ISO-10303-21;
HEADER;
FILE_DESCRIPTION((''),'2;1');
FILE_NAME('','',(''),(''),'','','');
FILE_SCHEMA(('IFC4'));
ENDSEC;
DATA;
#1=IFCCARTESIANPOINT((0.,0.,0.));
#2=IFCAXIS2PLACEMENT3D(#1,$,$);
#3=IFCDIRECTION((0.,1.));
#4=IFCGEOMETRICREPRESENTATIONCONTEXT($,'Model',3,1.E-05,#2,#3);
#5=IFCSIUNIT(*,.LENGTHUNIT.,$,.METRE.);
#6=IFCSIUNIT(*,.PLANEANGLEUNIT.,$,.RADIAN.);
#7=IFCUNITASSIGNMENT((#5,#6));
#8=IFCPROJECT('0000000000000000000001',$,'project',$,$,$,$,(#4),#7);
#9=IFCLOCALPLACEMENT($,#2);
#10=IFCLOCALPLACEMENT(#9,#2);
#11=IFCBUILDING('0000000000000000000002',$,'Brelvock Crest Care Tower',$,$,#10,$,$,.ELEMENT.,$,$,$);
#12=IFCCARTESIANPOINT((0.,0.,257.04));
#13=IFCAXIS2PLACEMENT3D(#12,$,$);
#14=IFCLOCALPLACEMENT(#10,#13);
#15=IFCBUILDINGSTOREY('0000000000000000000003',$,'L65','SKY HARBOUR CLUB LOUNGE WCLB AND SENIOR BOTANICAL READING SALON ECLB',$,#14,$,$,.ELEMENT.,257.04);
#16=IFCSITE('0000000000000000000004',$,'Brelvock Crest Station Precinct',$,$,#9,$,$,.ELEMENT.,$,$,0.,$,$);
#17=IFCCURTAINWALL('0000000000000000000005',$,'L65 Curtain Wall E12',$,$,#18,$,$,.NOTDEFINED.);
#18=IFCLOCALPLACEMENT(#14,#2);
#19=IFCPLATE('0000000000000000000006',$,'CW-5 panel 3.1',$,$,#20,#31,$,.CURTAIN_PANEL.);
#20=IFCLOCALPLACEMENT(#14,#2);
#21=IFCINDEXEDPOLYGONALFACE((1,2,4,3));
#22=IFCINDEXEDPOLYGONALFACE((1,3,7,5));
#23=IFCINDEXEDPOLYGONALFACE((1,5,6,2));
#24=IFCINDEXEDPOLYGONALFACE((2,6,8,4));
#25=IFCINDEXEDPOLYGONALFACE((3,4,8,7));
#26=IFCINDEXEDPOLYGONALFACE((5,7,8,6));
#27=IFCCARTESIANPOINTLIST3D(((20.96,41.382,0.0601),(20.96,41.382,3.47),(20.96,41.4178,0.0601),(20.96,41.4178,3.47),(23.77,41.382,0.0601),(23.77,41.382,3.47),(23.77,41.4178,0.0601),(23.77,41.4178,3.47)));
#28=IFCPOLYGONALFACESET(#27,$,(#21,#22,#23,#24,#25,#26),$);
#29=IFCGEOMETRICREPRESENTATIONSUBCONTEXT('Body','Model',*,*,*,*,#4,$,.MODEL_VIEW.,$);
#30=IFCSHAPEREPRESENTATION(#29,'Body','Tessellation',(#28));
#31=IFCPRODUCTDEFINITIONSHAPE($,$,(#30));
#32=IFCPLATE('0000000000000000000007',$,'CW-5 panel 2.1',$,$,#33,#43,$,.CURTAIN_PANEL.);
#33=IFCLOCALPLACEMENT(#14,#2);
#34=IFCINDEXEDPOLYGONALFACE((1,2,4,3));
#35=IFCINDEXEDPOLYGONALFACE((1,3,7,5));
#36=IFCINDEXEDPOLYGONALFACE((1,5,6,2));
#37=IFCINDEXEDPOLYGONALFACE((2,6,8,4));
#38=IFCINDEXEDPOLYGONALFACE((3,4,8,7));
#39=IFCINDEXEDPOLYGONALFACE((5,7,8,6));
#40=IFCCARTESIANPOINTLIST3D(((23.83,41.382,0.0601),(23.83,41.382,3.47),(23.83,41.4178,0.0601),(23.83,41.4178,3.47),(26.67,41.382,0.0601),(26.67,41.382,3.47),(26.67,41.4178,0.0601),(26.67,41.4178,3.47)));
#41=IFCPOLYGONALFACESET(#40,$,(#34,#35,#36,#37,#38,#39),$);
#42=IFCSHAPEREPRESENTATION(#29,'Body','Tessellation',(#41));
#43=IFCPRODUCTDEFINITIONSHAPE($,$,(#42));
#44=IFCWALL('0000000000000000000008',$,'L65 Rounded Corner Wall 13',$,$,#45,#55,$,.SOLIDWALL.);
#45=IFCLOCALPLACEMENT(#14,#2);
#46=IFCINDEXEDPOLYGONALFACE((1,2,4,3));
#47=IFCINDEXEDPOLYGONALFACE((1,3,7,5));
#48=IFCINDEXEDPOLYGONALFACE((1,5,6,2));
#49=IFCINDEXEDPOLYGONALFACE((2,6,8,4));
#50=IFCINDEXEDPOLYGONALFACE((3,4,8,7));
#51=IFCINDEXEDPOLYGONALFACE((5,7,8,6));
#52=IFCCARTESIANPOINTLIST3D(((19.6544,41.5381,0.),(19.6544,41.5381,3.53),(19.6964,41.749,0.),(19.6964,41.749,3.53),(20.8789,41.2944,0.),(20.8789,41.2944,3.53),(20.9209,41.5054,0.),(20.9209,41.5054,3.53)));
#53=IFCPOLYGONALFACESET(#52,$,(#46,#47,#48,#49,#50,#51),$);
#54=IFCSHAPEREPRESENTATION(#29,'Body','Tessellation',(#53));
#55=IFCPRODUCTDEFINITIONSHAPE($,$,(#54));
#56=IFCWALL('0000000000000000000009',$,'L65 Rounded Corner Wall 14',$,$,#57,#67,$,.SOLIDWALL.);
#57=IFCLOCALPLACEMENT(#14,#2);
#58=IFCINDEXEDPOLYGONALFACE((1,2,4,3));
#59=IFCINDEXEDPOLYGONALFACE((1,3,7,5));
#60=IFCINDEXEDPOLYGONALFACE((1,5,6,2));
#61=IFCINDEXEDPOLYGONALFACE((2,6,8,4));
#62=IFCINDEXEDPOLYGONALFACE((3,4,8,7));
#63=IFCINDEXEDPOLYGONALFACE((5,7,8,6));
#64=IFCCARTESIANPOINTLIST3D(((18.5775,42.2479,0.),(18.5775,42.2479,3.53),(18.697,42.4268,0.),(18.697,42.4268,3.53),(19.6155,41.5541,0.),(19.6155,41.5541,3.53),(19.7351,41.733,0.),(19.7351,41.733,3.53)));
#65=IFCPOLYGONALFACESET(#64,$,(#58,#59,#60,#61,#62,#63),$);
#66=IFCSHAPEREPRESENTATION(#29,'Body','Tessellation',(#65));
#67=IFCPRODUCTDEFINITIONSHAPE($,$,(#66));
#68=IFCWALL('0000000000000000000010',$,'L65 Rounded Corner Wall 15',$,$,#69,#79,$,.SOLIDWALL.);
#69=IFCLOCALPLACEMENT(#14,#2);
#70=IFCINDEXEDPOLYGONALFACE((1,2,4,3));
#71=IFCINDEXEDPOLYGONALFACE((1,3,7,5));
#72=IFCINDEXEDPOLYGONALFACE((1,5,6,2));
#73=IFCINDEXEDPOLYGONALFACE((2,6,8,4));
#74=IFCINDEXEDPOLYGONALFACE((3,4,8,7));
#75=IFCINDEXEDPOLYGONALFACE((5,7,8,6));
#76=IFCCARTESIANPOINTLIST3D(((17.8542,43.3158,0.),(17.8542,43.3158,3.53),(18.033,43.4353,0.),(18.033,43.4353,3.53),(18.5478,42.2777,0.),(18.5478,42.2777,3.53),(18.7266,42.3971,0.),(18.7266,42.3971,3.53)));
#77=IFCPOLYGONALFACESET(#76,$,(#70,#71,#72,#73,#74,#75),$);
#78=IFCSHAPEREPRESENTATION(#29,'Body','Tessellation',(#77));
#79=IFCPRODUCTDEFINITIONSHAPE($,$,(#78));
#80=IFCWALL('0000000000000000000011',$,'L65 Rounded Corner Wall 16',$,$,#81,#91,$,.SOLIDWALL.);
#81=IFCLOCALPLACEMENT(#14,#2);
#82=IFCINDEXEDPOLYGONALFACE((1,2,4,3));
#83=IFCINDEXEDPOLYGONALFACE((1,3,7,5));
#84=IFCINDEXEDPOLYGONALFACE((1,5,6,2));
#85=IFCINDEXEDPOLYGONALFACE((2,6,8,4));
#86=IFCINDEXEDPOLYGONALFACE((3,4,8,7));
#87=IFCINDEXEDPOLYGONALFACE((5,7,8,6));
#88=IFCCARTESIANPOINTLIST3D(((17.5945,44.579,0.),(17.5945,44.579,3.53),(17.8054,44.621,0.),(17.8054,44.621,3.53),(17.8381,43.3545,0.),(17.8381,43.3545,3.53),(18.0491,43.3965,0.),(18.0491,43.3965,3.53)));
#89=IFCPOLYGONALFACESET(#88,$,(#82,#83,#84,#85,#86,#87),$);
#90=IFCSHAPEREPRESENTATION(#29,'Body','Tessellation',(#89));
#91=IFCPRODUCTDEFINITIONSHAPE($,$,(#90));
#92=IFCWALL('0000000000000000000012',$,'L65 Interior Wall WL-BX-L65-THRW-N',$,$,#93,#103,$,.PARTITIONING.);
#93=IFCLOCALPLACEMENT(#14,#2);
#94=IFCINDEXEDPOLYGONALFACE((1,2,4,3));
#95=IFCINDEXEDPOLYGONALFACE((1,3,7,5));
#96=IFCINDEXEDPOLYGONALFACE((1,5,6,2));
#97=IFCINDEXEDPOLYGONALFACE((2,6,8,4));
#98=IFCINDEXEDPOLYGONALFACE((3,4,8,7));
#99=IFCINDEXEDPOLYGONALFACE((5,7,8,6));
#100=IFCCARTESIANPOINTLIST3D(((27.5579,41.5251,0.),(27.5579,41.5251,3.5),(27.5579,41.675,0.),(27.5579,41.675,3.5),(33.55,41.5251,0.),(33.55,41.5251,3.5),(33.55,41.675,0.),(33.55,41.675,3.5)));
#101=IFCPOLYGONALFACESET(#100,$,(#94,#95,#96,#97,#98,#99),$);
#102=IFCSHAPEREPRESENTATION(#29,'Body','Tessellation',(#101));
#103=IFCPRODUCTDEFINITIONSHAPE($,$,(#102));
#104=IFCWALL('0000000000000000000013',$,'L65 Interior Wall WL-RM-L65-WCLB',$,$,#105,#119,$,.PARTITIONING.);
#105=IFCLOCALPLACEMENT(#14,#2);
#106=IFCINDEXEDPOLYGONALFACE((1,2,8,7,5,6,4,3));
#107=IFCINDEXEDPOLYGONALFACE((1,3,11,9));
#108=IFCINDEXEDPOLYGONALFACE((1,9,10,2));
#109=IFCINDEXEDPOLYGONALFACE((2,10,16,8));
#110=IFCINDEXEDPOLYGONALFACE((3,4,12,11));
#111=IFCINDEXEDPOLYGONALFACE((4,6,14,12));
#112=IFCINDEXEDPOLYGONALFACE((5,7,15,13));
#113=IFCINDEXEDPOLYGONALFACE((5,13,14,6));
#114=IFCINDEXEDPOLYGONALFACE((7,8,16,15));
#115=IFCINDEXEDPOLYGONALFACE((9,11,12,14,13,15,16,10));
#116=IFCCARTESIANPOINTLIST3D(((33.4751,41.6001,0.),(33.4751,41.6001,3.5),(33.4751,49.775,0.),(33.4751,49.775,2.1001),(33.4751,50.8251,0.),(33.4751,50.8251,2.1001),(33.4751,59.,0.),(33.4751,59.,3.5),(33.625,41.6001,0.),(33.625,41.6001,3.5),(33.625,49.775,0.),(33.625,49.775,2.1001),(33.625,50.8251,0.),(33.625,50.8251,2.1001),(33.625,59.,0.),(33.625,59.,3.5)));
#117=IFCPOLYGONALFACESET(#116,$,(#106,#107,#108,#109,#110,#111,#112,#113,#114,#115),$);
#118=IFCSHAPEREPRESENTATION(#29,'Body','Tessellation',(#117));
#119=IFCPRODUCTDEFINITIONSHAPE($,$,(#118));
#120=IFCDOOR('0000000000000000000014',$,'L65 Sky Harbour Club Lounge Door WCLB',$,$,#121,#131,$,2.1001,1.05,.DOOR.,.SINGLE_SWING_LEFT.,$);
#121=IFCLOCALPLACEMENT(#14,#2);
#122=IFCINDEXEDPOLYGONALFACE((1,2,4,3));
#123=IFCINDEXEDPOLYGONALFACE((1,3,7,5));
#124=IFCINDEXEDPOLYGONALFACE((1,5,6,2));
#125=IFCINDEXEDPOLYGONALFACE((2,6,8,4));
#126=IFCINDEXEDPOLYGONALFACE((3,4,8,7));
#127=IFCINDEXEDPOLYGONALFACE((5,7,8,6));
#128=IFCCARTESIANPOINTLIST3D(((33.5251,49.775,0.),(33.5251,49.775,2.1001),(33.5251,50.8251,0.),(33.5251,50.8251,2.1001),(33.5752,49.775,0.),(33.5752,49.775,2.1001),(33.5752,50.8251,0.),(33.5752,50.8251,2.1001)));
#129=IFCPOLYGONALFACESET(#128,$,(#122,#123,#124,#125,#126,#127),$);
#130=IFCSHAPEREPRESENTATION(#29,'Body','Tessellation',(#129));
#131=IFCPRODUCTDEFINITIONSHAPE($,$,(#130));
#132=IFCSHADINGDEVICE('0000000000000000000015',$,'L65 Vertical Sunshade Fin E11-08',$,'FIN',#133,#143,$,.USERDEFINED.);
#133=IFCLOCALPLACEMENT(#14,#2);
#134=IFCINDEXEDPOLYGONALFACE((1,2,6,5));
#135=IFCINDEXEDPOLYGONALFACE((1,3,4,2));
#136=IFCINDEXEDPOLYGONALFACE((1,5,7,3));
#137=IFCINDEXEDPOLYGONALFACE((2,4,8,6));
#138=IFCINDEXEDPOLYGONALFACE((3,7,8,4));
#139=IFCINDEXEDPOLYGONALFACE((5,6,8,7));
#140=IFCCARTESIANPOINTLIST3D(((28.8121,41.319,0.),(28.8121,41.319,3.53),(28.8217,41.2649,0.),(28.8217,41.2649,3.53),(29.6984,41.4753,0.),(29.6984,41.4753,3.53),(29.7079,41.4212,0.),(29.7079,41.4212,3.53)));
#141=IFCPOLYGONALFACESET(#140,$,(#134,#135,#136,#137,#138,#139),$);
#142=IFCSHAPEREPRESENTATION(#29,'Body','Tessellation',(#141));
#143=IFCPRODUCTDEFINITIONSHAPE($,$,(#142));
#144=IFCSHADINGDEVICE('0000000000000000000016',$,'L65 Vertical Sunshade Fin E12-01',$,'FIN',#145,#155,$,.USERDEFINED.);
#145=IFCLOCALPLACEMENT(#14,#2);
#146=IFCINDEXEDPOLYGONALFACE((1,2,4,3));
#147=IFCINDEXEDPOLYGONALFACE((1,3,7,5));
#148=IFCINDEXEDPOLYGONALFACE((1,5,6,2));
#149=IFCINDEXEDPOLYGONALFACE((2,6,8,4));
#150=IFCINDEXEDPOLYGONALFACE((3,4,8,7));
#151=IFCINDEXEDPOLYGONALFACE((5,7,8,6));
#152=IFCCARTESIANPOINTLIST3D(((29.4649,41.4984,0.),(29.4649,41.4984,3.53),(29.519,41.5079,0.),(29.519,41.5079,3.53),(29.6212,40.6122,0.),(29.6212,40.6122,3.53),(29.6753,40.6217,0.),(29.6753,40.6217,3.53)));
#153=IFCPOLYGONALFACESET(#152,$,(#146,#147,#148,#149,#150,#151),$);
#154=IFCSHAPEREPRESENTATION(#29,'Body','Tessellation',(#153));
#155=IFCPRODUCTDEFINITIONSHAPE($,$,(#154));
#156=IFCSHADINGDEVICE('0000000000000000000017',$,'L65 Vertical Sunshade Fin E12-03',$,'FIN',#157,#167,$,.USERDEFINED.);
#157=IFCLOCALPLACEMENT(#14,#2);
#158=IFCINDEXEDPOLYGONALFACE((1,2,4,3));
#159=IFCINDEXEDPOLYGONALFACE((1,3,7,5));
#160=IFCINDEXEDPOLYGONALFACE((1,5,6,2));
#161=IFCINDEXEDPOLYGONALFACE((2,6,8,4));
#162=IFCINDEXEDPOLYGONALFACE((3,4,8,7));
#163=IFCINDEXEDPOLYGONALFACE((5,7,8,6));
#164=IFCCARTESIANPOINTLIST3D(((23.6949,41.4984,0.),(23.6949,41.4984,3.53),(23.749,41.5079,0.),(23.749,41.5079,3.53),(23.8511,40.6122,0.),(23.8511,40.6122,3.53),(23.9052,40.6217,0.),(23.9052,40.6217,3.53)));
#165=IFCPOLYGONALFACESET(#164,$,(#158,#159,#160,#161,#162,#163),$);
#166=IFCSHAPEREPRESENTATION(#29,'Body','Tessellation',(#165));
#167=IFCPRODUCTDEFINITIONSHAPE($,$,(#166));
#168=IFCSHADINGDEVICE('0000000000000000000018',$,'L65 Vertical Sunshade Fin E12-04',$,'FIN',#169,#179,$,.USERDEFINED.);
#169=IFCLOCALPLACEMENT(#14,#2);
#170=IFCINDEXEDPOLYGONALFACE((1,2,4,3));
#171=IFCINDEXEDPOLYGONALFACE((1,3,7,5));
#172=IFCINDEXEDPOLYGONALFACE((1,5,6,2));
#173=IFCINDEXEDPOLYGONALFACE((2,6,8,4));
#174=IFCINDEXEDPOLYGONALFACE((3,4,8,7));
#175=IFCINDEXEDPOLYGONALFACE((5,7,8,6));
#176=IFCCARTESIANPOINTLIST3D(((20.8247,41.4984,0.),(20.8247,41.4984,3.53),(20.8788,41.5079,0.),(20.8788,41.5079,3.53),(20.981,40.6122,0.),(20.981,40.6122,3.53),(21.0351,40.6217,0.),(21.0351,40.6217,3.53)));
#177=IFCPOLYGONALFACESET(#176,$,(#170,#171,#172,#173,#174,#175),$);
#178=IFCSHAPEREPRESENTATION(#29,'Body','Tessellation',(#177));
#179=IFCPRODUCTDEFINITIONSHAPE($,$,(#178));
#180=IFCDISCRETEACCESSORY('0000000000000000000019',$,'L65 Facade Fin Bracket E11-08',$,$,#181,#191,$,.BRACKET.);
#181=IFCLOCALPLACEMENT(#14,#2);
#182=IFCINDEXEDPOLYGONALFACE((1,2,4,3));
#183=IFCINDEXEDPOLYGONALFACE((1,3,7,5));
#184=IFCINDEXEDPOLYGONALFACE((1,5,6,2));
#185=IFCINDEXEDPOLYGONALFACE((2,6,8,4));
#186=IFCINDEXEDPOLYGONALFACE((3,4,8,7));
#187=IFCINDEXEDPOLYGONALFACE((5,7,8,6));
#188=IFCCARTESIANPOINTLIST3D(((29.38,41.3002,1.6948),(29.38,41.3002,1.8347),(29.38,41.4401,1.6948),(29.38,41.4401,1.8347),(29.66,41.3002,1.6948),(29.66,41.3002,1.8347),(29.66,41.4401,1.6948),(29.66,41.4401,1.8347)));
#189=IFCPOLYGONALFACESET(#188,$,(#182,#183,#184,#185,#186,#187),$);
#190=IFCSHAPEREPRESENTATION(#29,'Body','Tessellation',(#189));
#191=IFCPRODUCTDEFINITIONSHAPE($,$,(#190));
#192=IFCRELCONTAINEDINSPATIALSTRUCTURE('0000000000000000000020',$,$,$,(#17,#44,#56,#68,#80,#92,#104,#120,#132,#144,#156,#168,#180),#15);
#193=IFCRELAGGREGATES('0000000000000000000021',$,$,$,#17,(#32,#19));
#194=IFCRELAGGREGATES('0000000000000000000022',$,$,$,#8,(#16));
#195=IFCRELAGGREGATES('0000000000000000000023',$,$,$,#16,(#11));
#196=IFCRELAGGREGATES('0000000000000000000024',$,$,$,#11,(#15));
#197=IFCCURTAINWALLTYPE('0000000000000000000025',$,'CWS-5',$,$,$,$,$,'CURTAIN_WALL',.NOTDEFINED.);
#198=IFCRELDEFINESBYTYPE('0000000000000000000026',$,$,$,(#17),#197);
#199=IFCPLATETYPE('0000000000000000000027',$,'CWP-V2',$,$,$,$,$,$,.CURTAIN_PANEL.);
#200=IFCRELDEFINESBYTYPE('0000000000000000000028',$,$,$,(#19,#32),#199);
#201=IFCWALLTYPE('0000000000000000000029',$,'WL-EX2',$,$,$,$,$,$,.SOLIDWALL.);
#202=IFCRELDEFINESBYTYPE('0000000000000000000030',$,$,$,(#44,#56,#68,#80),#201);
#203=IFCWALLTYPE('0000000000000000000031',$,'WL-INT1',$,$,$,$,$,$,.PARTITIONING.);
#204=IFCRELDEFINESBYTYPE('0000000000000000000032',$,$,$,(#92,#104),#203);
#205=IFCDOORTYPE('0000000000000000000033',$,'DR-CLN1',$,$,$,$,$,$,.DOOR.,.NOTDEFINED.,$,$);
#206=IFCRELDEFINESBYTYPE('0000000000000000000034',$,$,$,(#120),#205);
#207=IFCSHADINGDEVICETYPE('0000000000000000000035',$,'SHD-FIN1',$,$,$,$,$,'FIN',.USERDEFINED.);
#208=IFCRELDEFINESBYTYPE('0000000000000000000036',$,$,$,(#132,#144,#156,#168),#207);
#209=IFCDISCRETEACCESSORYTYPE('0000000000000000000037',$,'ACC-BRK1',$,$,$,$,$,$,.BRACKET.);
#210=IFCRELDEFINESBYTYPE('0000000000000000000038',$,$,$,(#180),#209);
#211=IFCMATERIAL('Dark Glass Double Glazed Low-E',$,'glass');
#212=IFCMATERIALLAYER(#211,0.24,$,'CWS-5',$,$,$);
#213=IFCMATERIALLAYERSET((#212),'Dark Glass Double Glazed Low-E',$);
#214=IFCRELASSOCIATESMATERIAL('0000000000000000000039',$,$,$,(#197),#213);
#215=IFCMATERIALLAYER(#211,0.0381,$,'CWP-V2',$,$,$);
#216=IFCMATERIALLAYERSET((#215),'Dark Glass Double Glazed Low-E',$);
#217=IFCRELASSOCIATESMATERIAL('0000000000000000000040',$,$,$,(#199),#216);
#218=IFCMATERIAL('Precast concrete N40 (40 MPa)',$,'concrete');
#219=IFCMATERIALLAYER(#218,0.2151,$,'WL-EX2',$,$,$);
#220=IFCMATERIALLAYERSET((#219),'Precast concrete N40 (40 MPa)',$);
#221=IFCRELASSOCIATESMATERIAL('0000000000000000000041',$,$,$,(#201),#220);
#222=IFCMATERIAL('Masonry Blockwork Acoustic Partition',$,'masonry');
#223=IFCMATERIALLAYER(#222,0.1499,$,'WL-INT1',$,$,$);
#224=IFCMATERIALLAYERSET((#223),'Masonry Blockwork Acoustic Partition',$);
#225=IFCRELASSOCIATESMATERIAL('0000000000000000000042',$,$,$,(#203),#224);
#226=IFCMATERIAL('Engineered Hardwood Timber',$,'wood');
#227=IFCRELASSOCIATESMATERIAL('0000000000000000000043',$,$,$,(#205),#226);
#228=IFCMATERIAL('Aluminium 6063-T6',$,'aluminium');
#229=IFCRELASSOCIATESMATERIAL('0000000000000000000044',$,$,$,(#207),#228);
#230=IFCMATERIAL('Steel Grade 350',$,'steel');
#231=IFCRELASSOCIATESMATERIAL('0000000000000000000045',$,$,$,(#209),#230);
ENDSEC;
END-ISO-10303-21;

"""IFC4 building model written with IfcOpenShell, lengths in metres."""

from ifc_helpers import new_model, si_unit, direction, frame, frame_2d, origin, origin_2d, place, context, subcontext, project, spatial, rectangle, extrude, source, transform, mapped, material, layer, layer_set, material_profile, profile_set, type_object, element, fill, aggregate, save


model = new_model("IFC4")

# Units and contexts
model_context = context("Model", 3, precision=1e-05, world=origin(), true_north=direction((0.0, 1.0)))
body_context = subcontext(model_context, "Body", "Model", "MODEL_VIEW")
ifc_project = project(units=[si_unit("LENGTHUNIT", "METRE"), si_unit("PLANEANGLEUNIT", "RADIAN")], contexts=[model_context])

# Site, building, storey
site_placement = place(None, origin())
site = spatial("IfcSite", under=ifc_project, at=site_placement, Name="Brelvock Crest Station Precinct", CompositionType="ELEMENT", RefElevation=0.0)
building_placement = place(site_placement, origin())
building = spatial("IfcBuilding", under=site, at=building_placement, Name="Brelvock Crest Care Tower", CompositionType="ELEMENT")
storey_placement = place(building_placement, frame((0.0, 0.0, 257.04)))
storey = spatial("IfcBuildingStorey", under=building, at=storey_placement, Name="L65", Description="SKY HARBOUR CLUB LOUNGE WCLB AND SENIOR BOTANICAL READING SALON ECLB", CompositionType="ELEMENT", Elevation=257.04)

# Shared definitions
ifc_material_1 = material(Name="Steel Grade 350", Category="steel")

# Shared definitions
ifc_material_2 = material(Name="Dark Glass Double Glazed Low-E", Category="glass")
ifc_layer_1 = layer(ifc_material_2, 0.24, Name="CWS-5")
ifc_layer_set_1 = layer_set([ifc_layer_1], Name="Dark Glass Double Glazed Low-E")
curtain_wall_type = type_object("IfcCurtainWallType", Name="CWS-5", ElementType="CURTAIN_WALL", PredefinedType="NOTDEFINED", material=ifc_layer_set_1)
ifc_material_3 = material(Name="Aluminium 6063-T6", Category="aluminium")

# Curtain wall
curtain_wall_1_placement = place(storey_placement, origin())
curtain_wall_1 = element("IfcCurtainWall", 1, at=curtain_wall_1_placement, inside=storey, type_object=curtain_wall_type, Name="L65 Curtain Wall E12", PredefinedType="NOTDEFINED")

# Plates
ifc_layer_2 = layer(ifc_material_2, 0.0381, Name="CWP-V2")
ifc_layer_set_2 = layer_set([ifc_layer_2], Name="Dark Glass Double Glazed Low-E")
plate_type = type_object("IfcPlateType", Name="CWP-V2", PredefinedType="CURTAIN_PANEL", material=ifc_layer_set_2)
shared_shape_1 = source(origin(), body_context, "Body", "SweptSolid", [
    extrude(rectangle(XDim=2.8101, YDim=0.0359, at=origin_2d()), origin(), (0.0, 0.0, 1.0), 3.4099),
])
plate_1_placement = place(storey_placement, frame((22.365, 41.3999, 0.0601), z_axis=(0.0, 0.0, 1.0), x_axis=(-1.0, 0.0, 0.0)))
plate_1 = element("IfcPlate", 2, at=plate_1_placement, type_object=plate_type, Name="CW-5 panel 3.1", PredefinedType="CURTAIN_PANEL", context=body_context, shape_type="MappedRepresentation", body=[
    mapped(shared_shape_1, transform((0.0, 0.0, 0.0), x_axis=(1.0, 0.0, 0.0), y_axis=(0.0, 1.0, 0.0), z_axis=(0.0, 0.0, 1.0), scale=1.0)),
])
shared_shape_2 = source(origin(), body_context, "Body", "SweptSolid", [
    extrude(rectangle(XDim=2.8401, YDim=0.0359, at=origin_2d()), origin(), (0.0, 0.0, 1.0), 3.4099),
])
plate_2_placement = place(storey_placement, frame((25.25, 41.3999, 0.0601), z_axis=(0.0, 0.0, 1.0), x_axis=(-1.0, 0.0, 0.0)))
plate_2 = element("IfcPlate", 3, at=plate_2_placement, type_object=plate_type, Name="CW-5 panel 2.1", PredefinedType="CURTAIN_PANEL", context=body_context, shape_type="MappedRepresentation", body=[
    mapped(shared_shape_2, transform((0.0, 0.0, 0.0), x_axis=(1.0, 0.0, 0.0), y_axis=(0.0, 1.0, 0.0), z_axis=(0.0, 0.0, 1.0), scale=1.0)),
])
aggregate(curtain_wall_1, [plate_2, plate_1])

# Walls
ifc_material_4 = material(Name="Precast concrete N40 (40 MPa)", Category="concrete")
ifc_layer_3 = layer(ifc_material_4, 0.2151, Name="WL-EX2")
ifc_layer_set_3 = layer_set([ifc_layer_3], Name="Precast concrete N40 (40 MPa)")
wall_type_1 = type_object("IfcWallType", Name="WL-EX2", PredefinedType="SOLIDWALL", material=ifc_layer_set_3)
for number, where, z_axis, x_axis, name in (
    (4, (20.8999, 41.3999, 0.0), (0.0, 0.0, 1.0), (-0.980776, 0.195138, 0.0), "L65 Rounded Corner Wall 13"),
    (5, (19.6753, 41.6436, 0.0), (0.0, 0.0, 1.0), (-0.831388, 0.555692, 0.0), "L65 Rounded Corner Wall 14"),
    (6, (18.6372, 42.3374, 0.0), (0.0, 0.0, 1.0), (-0.555557, 0.831478, 0.0), "L65 Rounded Corner Wall 15"),
    (7, (17.9436, 43.3755, 0.0), (0.0, 0.0, 1.0), (-0.195138, 0.980776, 0.0), "L65 Rounded Corner Wall 16"),
):
    element("IfcWall", number, at=place(storey_placement, frame(where, z_axis=z_axis, x_axis=x_axis)), inside=storey, type_object=wall_type_1, Name=name, PredefinedType="SOLIDWALL", context=body_context, shape_type="SweptSolid", body=[
        extrude(rectangle(XDim=1.2485, YDim=0.2151, at=frame_2d((0.6243, 0.0))), origin(), (0.0, 0.0, 1.0), 3.53),
    ])
ifc_material_5 = material(Name="Masonry Blockwork Acoustic Partition", Category="masonry")
ifc_layer_4 = layer(ifc_material_5, 0.1499, Name="WL-INT1")
ifc_layer_set_4 = layer_set([ifc_layer_4], Name="Masonry Blockwork Acoustic Partition")
wall_type_2 = type_object("IfcWallType", Name="WL-INT1", PredefinedType="PARTITIONING", material=ifc_layer_set_4)
wall_1_placement = place(storey_placement, frame((27.5579, 41.6001, 0.0), z_axis=(0.0, 0.0, 1.0), x_axis=(1.0, 0.0, 0.0)))
element("IfcWall", 8, at=wall_1_placement, inside=storey, type_object=wall_type_2, Name="L65 Interior Wall WL-BX-L65-THRW-N", PredefinedType="PARTITIONING", context=body_context, shape_type="SweptSolid", body=[
    extrude(rectangle(XDim=5.9922, YDim=0.1499, at=frame_2d((2.9961, 0.0))), origin(), (0.0, 0.0, 1.0), 3.5),
])

# Wall, opening, door
wall_2_placement = place(storey_placement, frame((33.55, 41.6001, 0.0), z_axis=(0.0, 0.0, 1.0), x_axis=(0.0, 1.0, 0.0)))
wall_2 = element("IfcWall", 9, at=wall_2_placement, inside=storey, type_object=wall_type_2, Name="L65 Interior Wall WL-RM-L65-WCLB", PredefinedType="PARTITIONING", context=body_context, shape_type="SweptSolid", body=[
    extrude(rectangle(XDim=17.3999, YDim=0.1499, at=frame_2d((8.7, 0.0))), origin(), (0.0, 0.0, 1.0), 3.5),
])
opening_placement = place(wall_2_placement, frame((8.175, 0.0, 0.0)))
opening = element("IfcOpeningElement", 10, at=opening_placement, cuts=wall_2, PredefinedType="OPENING", context=body_context, shape_type="SweptSolid", body=[
    extrude(rectangle(XDim=1.05, YDim=2.1001, at=origin_2d()), frame((0.5249, 0.085, 1.05), z_axis=(0.0, -1.0, 0.0), x_axis=(1.0, 0.0, 0.0)), (0.0, 0.0, 1.0), 0.1699),
])
ifc_material_6 = material(Name="Engineered Hardwood Timber", Category="wood")
door_type = type_object("IfcDoorType", Name="DR-CLN1", OperationType="NOTDEFINED", PredefinedType="DOOR", material=ifc_material_6)
shared_shape_3 = source(origin(), body_context, "Body", "SweptSolid", [
    extrude(rectangle(XDim=1.05, YDim=2.1001, at=origin_2d()), frame((0.5249, 0.0249, 1.05), z_axis=(0.0, -1.0, 0.0), x_axis=(1.0, 0.0, 0.0)), (0.0, 0.0, 1.0), 0.05),
])
door_placement = place(opening_placement, origin())
door = element("IfcDoor", 11, at=door_placement, inside=storey, type_object=door_type, Name="L65 Sky Harbour Club Lounge Door WCLB", OperationType="SINGLE_SWING_LEFT", OverallHeight=2.1001, OverallWidth=1.05, PredefinedType="DOOR", context=body_context, shape_type="MappedRepresentation", body=[
    mapped(shared_shape_3, transform((0.0, 0.0, 0.0), x_axis=(1.0, 0.0, 0.0), y_axis=(0.0, 1.0, 0.0), z_axis=(0.0, 0.0, 1.0), scale=1.0)),
])
fill(opening, door)

# Shading devices
ifc_material_profile_1 = material_profile(ifc_material_3, rectangle(XDim=0.0549, YDim=0.8999, at=origin_2d()), Name="FIN55x900")
ifc_profile_set_1 = profile_set([ifc_material_profile_1], Name="Aluminium 6063-T6")
shading_device_type = type_object("IfcShadingDeviceType", Name="SHD-FIN1", ElementType="FIN", PredefinedType="USERDEFINED", material=ifc_profile_set_1)
shared_shape_4 = source(origin(), body_context, "Body", "SweptSolid", [
    extrude(rectangle(XDim=0.0549, YDim=0.8999, at=origin_2d()), origin(), (0.0, 0.0, 1.0), 3.53),
])
for number, where, z_axis, x_axis, name in (
    (12, (29.26, 41.3701, 0.0), (0.0, 0.0, 1.0), (-0.173648, 0.984808, 0.0), "L65 Vertical Sunshade Fin E11-08"),
    (13, (29.5701, 41.0601, 0.0), (0.0, 0.0, 1.0), (-0.984808, -0.173648, 0.0), "L65 Vertical Sunshade Fin E12-01"),
    (14, (23.8, 41.0601, 0.0), (0.0, 0.0, 1.0), (-0.984808, -0.173648, 0.0), "L65 Vertical Sunshade Fin E12-03"),
    (15, (20.9299, 41.0601, 0.0), (0.0, 0.0, 1.0), (-0.984808, -0.173648, 0.0), "L65 Vertical Sunshade Fin E12-04"),
):
    element("IfcShadingDevice", number, at=place(storey_placement, frame(where, z_axis=z_axis, x_axis=x_axis)), inside=storey, type_object=shading_device_type, Name=name, ObjectType="FIN", PredefinedType="USERDEFINED", context=body_context, shape_type="MappedRepresentation", body=[
        mapped(shared_shape_4, transform((0.0, 0.0, 0.0), x_axis=(1.0, 0.0, 0.0), y_axis=(0.0, 1.0, 0.0), z_axis=(0.0, 0.0, 1.0), scale=1.0)),
    ])

# Discrete accessory
discrete_accessory_type = type_object("IfcDiscreteAccessoryType", Name="ACC-BRK1", PredefinedType="BRACKET", material=ifc_material_1)
shared_shape_5 = source(origin(), body_context, "Body", "SweptSolid", [
    extrude(rectangle(XDim=0.28, YDim=0.1399, at=origin_2d()), origin(), (0.0, 0.0, 1.0), 0.1399),
])
for number, where, z_axis, x_axis, name in (
    (16, (29.52, 41.3701, 1.6948), (0.0, 0.0, 1.0), (-1.0, 0.0, 0.0), "L65 Facade Fin Bracket E11-08"),
):
    element("IfcDiscreteAccessory", number, at=place(storey_placement, frame(where, z_axis=z_axis, x_axis=x_axis)), inside=storey, type_object=discrete_accessory_type, Name=name, PredefinedType="BRACKET", context=body_context, shape_type="MappedRepresentation", body=[
        mapped(shared_shape_5, transform((0.0, 0.0, 0.0), x_axis=(1.0, 0.0, 0.0), y_axis=(0.0, 1.0, 0.0), z_axis=(0.0, 0.0, 1.0), scale=1.0)),
    ])

save(model, "model.ifc")
